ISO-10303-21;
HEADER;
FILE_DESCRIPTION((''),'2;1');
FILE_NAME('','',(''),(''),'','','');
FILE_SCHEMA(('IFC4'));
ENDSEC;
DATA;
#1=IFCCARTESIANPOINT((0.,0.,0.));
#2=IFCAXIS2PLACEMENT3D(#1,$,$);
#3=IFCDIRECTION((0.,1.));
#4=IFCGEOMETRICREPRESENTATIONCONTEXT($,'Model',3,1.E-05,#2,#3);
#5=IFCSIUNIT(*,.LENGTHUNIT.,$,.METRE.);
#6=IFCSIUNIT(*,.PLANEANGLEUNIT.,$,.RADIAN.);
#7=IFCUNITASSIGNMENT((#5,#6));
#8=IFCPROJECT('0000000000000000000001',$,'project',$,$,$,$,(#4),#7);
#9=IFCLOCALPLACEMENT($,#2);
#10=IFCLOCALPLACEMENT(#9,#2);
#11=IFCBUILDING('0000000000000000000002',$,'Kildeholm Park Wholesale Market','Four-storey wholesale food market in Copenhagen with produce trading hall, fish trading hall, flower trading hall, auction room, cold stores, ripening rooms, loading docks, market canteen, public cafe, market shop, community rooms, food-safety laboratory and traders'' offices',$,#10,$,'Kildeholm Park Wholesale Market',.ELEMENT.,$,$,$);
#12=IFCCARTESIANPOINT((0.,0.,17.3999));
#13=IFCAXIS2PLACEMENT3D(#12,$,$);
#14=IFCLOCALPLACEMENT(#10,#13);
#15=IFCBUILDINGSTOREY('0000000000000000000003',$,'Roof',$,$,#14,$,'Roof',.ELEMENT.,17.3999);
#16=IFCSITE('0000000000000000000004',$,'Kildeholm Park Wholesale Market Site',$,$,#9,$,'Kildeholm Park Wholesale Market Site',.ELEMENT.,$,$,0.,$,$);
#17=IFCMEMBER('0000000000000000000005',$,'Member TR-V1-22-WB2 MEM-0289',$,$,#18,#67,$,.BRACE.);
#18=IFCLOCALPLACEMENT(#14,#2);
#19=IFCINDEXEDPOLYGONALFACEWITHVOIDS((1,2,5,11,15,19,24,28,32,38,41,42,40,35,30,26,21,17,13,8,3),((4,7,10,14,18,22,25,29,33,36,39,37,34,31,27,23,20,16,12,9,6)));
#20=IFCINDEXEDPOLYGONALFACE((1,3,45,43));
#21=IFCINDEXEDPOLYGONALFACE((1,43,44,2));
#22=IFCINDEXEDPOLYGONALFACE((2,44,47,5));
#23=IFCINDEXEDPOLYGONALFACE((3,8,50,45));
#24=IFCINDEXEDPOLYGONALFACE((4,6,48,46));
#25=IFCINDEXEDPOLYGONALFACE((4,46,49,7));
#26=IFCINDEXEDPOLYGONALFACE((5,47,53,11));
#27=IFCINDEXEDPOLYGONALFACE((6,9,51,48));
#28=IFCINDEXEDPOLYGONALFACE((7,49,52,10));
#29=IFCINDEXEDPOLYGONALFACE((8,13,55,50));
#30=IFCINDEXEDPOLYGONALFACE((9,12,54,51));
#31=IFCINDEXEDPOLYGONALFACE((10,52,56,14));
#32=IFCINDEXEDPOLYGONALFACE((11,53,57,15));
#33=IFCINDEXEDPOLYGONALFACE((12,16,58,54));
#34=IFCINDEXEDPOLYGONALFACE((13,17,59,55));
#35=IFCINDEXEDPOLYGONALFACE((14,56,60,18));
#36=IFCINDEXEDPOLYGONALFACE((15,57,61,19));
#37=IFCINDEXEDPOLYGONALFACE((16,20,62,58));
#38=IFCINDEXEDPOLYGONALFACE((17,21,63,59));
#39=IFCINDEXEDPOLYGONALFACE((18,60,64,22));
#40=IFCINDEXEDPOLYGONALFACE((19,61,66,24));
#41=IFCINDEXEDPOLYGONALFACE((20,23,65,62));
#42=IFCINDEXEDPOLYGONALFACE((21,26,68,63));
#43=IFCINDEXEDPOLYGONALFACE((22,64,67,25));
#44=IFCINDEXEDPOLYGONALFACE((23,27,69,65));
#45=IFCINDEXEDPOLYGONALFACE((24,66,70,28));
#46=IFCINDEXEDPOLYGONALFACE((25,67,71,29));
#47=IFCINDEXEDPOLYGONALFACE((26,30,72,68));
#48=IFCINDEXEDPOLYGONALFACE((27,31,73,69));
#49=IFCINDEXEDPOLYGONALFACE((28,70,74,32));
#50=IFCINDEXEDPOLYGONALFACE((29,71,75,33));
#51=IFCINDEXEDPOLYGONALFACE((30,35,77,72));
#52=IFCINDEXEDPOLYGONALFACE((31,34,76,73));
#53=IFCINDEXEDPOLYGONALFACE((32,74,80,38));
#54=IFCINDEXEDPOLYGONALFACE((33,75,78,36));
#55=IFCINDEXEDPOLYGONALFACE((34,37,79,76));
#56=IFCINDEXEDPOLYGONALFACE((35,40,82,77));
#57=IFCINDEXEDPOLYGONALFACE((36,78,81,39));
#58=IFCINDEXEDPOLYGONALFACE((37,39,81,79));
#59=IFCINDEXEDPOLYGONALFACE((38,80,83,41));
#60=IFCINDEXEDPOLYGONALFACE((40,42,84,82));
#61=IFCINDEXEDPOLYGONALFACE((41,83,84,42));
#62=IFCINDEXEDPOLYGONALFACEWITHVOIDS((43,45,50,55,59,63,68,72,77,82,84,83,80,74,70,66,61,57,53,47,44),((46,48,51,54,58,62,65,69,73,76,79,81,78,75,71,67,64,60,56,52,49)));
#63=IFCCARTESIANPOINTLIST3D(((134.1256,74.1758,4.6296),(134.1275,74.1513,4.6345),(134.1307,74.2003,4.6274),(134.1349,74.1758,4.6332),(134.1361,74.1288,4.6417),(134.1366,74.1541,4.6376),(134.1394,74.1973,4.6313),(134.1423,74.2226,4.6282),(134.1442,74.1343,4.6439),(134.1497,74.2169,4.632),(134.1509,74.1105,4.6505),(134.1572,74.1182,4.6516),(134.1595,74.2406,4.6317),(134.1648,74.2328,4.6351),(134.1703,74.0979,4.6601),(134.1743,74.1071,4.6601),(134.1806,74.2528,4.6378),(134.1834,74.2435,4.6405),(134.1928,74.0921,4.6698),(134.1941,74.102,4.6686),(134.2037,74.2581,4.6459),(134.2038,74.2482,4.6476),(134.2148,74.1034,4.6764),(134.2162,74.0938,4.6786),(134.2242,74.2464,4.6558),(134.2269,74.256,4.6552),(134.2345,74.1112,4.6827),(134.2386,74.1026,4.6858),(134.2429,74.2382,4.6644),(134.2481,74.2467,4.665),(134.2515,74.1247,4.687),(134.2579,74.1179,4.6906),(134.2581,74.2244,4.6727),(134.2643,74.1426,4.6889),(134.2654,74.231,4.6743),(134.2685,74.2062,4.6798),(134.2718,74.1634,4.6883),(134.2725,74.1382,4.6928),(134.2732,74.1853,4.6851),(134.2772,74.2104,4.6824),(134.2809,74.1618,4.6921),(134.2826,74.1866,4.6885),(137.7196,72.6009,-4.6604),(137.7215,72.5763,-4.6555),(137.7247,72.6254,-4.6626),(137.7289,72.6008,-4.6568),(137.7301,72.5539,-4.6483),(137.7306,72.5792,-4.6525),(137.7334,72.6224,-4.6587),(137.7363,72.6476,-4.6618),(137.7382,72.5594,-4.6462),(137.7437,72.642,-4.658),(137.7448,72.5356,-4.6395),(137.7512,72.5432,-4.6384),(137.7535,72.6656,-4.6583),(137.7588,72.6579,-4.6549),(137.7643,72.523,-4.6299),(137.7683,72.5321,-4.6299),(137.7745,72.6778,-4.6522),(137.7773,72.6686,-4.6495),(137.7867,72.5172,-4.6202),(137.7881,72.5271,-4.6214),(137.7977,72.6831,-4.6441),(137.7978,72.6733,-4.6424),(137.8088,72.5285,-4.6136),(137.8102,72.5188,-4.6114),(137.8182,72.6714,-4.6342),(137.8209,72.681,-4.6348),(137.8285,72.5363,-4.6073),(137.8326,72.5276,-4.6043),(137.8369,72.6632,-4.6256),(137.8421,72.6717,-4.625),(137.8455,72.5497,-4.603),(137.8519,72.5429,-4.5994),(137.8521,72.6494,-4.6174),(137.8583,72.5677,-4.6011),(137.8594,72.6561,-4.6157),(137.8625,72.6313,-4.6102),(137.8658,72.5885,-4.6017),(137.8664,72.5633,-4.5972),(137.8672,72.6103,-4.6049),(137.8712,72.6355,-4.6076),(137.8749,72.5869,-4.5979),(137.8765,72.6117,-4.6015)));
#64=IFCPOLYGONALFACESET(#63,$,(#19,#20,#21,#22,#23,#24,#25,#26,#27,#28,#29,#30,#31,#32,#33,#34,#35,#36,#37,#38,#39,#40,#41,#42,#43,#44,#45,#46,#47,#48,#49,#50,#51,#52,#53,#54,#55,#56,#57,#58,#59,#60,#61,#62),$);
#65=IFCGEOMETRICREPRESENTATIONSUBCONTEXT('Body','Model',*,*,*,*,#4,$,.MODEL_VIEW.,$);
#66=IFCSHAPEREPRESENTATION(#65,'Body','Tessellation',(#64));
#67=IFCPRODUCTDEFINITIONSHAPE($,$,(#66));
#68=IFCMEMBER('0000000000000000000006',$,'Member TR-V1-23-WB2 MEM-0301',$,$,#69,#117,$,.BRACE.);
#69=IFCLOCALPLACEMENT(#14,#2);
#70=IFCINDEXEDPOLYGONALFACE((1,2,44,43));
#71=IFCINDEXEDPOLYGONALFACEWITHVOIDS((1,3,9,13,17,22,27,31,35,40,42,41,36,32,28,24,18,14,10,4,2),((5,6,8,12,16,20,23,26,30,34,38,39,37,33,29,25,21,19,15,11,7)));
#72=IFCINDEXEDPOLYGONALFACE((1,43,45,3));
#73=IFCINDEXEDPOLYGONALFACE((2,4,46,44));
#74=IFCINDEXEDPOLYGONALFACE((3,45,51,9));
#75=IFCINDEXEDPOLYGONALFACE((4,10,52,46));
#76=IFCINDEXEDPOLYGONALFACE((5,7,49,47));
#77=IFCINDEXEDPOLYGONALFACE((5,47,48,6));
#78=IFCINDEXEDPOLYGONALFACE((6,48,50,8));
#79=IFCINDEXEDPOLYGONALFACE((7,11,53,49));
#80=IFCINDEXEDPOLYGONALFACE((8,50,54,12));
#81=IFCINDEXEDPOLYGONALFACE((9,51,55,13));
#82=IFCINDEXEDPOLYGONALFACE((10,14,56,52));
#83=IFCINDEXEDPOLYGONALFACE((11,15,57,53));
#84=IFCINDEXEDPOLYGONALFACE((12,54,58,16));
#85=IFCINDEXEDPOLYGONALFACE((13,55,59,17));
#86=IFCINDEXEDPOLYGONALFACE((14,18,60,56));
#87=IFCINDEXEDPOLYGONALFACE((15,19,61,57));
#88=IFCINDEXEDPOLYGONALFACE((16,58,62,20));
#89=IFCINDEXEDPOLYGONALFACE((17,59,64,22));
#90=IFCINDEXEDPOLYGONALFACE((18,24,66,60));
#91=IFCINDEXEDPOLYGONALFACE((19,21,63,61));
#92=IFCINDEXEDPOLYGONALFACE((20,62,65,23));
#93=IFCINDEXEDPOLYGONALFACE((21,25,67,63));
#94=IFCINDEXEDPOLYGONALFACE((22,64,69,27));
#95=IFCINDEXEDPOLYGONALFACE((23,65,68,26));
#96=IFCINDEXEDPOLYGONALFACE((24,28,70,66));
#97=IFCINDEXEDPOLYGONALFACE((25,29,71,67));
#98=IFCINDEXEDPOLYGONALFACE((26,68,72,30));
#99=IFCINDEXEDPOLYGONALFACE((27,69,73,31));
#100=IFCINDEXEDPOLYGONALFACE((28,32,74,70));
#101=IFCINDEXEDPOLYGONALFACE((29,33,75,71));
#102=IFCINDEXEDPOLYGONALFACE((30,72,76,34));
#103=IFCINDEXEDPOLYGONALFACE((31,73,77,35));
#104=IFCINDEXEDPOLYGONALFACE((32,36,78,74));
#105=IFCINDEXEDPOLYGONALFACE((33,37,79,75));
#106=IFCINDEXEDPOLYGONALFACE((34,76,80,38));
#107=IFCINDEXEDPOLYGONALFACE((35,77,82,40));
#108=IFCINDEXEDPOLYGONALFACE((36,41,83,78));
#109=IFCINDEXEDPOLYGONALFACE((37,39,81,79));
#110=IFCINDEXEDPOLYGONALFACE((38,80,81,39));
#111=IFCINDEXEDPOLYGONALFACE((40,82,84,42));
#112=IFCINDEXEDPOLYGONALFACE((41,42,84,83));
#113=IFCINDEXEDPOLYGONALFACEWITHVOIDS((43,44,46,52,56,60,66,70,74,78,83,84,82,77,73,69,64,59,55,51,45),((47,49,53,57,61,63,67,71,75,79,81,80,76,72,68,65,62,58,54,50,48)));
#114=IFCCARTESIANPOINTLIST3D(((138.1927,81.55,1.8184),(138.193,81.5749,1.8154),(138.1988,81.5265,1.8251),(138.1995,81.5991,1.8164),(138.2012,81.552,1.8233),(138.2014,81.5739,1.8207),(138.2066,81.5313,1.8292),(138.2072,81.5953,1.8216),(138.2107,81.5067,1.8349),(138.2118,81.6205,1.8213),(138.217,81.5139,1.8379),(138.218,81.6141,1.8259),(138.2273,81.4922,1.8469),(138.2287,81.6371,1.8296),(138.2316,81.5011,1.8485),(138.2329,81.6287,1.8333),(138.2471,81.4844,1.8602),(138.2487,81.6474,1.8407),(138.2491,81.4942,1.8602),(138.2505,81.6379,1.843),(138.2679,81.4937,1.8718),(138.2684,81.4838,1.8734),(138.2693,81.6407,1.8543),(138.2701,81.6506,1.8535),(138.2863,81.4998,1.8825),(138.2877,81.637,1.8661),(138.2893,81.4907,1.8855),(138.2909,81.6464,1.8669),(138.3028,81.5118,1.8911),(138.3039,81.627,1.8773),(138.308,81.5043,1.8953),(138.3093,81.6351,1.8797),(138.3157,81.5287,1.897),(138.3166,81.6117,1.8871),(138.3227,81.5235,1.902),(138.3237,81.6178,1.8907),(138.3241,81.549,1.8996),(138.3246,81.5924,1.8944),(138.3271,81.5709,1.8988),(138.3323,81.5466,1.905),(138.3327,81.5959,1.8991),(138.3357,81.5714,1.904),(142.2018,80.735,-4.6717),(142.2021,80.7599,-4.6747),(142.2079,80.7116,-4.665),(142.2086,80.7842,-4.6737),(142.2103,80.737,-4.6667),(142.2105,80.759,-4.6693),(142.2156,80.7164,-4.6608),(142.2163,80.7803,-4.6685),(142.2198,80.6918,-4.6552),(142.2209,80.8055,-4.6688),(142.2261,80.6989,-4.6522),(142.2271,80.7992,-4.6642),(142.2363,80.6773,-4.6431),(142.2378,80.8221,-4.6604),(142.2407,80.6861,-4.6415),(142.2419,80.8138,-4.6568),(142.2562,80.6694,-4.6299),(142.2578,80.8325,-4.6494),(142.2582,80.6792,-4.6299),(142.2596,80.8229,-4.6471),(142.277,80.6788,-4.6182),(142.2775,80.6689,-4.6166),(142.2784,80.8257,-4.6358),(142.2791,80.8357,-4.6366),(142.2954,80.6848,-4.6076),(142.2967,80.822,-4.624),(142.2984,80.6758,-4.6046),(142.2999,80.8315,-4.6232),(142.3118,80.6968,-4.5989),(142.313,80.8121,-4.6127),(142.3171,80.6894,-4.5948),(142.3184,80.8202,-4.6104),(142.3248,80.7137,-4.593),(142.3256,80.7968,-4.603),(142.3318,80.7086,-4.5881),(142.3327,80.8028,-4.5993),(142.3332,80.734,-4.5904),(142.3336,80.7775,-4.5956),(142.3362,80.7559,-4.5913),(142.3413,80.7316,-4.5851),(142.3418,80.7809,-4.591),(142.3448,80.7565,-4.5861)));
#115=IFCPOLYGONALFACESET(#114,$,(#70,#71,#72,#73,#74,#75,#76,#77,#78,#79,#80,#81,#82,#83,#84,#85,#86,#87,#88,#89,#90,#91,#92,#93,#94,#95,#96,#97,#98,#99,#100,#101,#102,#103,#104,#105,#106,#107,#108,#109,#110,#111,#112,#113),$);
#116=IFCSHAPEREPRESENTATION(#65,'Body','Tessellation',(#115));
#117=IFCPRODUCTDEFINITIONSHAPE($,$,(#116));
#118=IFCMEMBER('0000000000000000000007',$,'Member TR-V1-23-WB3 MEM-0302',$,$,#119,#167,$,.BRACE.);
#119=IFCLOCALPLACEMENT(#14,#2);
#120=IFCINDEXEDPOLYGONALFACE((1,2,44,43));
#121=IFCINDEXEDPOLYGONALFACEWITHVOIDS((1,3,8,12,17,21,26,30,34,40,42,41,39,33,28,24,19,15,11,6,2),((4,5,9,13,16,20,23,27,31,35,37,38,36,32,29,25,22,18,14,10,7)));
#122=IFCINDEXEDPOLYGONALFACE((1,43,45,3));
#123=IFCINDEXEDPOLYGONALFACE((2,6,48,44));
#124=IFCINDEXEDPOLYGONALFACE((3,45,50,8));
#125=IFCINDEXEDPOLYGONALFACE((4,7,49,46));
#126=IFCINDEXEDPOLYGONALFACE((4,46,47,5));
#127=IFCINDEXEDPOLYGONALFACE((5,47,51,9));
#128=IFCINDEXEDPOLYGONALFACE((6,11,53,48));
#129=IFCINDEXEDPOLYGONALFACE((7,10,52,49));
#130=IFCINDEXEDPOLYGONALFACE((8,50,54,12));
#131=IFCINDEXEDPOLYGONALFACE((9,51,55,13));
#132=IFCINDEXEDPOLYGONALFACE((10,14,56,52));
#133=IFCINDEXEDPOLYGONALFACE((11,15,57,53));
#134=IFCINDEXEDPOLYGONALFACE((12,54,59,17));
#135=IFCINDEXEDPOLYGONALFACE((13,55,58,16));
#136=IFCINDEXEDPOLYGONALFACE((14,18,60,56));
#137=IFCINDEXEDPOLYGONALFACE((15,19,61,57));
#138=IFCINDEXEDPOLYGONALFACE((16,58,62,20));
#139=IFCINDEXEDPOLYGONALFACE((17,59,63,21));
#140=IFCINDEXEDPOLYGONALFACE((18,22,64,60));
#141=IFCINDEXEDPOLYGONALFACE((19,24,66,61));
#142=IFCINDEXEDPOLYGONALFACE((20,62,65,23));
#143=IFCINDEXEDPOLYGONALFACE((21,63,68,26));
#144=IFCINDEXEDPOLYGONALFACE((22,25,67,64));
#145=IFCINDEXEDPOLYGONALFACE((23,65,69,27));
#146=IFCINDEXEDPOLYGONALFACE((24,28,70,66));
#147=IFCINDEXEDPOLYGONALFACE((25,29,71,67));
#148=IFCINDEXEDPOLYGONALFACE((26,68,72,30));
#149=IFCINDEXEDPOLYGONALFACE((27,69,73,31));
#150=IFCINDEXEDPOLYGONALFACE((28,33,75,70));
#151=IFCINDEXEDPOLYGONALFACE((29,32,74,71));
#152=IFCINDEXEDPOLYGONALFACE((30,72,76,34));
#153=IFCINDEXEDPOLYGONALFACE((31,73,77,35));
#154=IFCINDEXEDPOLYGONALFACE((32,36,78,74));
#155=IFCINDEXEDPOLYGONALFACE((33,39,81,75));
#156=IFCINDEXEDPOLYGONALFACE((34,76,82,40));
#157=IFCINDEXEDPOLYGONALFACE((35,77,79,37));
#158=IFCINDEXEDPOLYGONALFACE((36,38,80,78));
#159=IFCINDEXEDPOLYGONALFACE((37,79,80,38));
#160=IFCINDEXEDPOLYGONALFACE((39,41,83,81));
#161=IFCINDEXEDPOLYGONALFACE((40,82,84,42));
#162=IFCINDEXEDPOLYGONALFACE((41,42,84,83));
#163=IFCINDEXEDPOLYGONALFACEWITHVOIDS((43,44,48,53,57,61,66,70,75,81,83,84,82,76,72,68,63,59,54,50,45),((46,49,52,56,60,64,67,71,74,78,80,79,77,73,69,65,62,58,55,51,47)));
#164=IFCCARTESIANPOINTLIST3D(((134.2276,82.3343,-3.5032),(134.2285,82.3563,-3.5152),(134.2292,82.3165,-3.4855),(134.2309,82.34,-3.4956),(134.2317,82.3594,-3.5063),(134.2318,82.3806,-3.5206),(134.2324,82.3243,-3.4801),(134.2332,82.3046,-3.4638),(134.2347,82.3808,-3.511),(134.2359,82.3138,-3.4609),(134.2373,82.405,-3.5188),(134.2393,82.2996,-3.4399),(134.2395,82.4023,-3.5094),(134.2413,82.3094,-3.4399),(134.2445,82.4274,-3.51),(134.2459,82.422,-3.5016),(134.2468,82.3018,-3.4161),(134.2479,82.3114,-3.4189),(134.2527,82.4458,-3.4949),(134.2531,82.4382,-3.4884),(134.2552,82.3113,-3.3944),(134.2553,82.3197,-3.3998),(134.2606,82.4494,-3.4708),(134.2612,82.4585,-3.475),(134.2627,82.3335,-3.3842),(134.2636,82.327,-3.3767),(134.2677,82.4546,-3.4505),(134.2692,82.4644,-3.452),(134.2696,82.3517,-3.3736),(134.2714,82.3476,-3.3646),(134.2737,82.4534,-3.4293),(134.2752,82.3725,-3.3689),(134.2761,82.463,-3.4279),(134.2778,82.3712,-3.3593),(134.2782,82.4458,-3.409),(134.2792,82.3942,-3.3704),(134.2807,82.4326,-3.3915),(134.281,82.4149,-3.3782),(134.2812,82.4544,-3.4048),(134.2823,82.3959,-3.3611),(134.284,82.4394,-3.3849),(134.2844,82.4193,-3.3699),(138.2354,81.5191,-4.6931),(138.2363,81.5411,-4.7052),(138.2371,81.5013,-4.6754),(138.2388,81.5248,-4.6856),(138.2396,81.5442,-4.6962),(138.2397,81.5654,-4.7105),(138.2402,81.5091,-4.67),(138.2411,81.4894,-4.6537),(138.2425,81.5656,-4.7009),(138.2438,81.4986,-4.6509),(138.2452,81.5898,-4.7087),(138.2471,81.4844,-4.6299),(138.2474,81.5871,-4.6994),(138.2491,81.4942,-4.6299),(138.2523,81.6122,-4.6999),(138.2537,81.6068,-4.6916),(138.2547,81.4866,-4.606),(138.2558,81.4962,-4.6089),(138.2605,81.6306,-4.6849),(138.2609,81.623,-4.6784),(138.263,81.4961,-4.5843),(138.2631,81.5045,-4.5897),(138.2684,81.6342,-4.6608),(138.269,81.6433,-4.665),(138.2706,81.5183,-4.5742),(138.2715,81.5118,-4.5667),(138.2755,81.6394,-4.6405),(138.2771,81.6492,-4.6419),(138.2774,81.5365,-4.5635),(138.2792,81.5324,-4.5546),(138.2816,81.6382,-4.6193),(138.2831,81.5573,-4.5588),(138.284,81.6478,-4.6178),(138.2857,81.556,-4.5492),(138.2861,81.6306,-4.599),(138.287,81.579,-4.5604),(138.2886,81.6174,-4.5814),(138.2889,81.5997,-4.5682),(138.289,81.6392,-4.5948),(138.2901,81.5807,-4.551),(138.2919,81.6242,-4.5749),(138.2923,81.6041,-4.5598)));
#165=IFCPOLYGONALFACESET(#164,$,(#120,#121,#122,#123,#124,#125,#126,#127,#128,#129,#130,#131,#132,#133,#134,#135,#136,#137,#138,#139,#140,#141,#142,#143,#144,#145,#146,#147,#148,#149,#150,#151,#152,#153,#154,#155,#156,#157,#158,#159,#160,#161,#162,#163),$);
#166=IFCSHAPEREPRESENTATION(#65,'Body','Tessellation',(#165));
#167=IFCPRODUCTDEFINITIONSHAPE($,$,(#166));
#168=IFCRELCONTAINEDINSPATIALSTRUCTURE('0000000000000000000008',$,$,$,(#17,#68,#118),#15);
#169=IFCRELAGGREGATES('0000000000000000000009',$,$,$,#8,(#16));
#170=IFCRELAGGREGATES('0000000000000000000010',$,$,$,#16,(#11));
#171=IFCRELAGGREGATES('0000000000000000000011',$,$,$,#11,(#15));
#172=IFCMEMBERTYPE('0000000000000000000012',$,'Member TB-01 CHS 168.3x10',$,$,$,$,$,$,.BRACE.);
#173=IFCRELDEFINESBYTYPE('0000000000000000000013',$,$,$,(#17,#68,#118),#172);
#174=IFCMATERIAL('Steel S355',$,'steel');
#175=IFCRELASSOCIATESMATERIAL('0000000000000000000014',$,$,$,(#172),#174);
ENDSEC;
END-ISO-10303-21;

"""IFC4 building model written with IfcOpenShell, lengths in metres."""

from ifc_helpers import new_model, si_unit, direction, frame, origin, origin_2d, place, context, subcontext, project, spatial, hollow_circle, extrude, material, material_profile, profile_set, type_object, element, save


model = new_model("IFC4")

# Units and contexts
model_context = context("Model", 3, precision=1e-05, world=origin(), true_north=direction((0.0, 1.0)))
body_context = subcontext(model_context, "Body", "Model", "MODEL_VIEW")
ifc_project = project(units=[si_unit("LENGTHUNIT", "METRE"), si_unit("PLANEANGLEUNIT", "RADIAN")], contexts=[model_context])

# Site, building, storey
site_placement = place(None, origin())
site = spatial("IfcSite", under=ifc_project, at=site_placement, Name="Kildeholm Park Wholesale Market Site", LongName="Kildeholm Park Wholesale Market Site", CompositionType="ELEMENT", RefElevation=0.0)
building_placement = place(site_placement, origin())
building = spatial("IfcBuilding", under=site, at=building_placement, Name="Kildeholm Park Wholesale Market", Description="Four-storey wholesale food market in Copenhagen with produce trading hall, fish trading hall, flower trading hall, auction room, cold stores, ripening rooms, loading docks, market canteen, public cafe, market shop, community rooms, food-safety laboratory and traders' offices", LongName="Kildeholm Park Wholesale Market", CompositionType="ELEMENT")
storey_placement = place(building_placement, frame((0.0, 0.0, 17.3999)))
storey = spatial("IfcBuildingStorey", under=building, at=storey_placement, Name="Roof", LongName="Roof", CompositionType="ELEMENT", Elevation=17.3999)

# Members
ifc_material_1 = material(Name="Steel S355", Category="steel")
ifc_material_profile_1 = material_profile(ifc_material_1, hollow_circle(Radius=0.0842, WallThickness=0.01, at=origin_2d()), Name="CHS 168.3x10")
ifc_profile_set_1 = profile_set([ifc_material_profile_1], Name="Steel S355")
member_type_1 = type_object("IfcMemberType", Name="Member TB-01 CHS 168.3x10", PredefinedType="BRACE", material=ifc_profile_set_1)
member_1_placement = place(storey_placement, frame((137.7981, 72.6001, -4.6299), z_axis=(-0.356379, 0.156172, 0.921197), x_axis=(-0.40137, -0.915916, 0.0)))
element("IfcMember", 1, at=member_1_placement, inside=storey, type_object=member_type_1, Name="Member TR-V1-22-WB2 MEM-0289", PredefinedType="BRACE", context=body_context, shape_type="SweptSolid", body=[
    extrude(hollow_circle(Radius=0.0842, WallThickness=0.01, at=origin_2d()), origin(), (0.0, 0.0, 1.0), 10.0847),
])
member_2_placement = place(storey_placement, frame((142.2729, 80.752, -4.6299), z_axis=(-0.522568, 0.106226, 0.845955), x_axis=(-0.199202, -0.979958, 0.0)))
element("IfcMember", 2, at=member_2_placement, inside=storey, type_object=member_type_1, Name="Member TR-V1-23-WB2 MEM-0301", PredefinedType="BRACE", context=body_context, shape_type="SweptSolid", body=[
    extrude(hollow_circle(Radius=0.0842, WallThickness=0.01, at=origin_2d()), origin(), (0.0, 0.0, 1.0), 7.6719),
])
member_3_placement = place(storey_placement, frame((138.2639, 81.5669, -4.6299), z_axis=(-0.940919, 0.191382, 0.279364), x_axis=(-0.199318, -0.979935, 0.0)))
element("IfcMember", 3, at=member_3_placement, inside=storey, type_object=member_type_1, Name="Member TR-V1-23-WB3 MEM-0302", PredefinedType="BRACE", context=body_context, shape_type="SweptSolid", body=[
    extrude(hollow_circle(Radius=0.0842, WallThickness=0.01, at=origin_2d()), origin(), (0.0, 0.0, 1.0), 4.2595),
])

save(model, "model.ifc")
